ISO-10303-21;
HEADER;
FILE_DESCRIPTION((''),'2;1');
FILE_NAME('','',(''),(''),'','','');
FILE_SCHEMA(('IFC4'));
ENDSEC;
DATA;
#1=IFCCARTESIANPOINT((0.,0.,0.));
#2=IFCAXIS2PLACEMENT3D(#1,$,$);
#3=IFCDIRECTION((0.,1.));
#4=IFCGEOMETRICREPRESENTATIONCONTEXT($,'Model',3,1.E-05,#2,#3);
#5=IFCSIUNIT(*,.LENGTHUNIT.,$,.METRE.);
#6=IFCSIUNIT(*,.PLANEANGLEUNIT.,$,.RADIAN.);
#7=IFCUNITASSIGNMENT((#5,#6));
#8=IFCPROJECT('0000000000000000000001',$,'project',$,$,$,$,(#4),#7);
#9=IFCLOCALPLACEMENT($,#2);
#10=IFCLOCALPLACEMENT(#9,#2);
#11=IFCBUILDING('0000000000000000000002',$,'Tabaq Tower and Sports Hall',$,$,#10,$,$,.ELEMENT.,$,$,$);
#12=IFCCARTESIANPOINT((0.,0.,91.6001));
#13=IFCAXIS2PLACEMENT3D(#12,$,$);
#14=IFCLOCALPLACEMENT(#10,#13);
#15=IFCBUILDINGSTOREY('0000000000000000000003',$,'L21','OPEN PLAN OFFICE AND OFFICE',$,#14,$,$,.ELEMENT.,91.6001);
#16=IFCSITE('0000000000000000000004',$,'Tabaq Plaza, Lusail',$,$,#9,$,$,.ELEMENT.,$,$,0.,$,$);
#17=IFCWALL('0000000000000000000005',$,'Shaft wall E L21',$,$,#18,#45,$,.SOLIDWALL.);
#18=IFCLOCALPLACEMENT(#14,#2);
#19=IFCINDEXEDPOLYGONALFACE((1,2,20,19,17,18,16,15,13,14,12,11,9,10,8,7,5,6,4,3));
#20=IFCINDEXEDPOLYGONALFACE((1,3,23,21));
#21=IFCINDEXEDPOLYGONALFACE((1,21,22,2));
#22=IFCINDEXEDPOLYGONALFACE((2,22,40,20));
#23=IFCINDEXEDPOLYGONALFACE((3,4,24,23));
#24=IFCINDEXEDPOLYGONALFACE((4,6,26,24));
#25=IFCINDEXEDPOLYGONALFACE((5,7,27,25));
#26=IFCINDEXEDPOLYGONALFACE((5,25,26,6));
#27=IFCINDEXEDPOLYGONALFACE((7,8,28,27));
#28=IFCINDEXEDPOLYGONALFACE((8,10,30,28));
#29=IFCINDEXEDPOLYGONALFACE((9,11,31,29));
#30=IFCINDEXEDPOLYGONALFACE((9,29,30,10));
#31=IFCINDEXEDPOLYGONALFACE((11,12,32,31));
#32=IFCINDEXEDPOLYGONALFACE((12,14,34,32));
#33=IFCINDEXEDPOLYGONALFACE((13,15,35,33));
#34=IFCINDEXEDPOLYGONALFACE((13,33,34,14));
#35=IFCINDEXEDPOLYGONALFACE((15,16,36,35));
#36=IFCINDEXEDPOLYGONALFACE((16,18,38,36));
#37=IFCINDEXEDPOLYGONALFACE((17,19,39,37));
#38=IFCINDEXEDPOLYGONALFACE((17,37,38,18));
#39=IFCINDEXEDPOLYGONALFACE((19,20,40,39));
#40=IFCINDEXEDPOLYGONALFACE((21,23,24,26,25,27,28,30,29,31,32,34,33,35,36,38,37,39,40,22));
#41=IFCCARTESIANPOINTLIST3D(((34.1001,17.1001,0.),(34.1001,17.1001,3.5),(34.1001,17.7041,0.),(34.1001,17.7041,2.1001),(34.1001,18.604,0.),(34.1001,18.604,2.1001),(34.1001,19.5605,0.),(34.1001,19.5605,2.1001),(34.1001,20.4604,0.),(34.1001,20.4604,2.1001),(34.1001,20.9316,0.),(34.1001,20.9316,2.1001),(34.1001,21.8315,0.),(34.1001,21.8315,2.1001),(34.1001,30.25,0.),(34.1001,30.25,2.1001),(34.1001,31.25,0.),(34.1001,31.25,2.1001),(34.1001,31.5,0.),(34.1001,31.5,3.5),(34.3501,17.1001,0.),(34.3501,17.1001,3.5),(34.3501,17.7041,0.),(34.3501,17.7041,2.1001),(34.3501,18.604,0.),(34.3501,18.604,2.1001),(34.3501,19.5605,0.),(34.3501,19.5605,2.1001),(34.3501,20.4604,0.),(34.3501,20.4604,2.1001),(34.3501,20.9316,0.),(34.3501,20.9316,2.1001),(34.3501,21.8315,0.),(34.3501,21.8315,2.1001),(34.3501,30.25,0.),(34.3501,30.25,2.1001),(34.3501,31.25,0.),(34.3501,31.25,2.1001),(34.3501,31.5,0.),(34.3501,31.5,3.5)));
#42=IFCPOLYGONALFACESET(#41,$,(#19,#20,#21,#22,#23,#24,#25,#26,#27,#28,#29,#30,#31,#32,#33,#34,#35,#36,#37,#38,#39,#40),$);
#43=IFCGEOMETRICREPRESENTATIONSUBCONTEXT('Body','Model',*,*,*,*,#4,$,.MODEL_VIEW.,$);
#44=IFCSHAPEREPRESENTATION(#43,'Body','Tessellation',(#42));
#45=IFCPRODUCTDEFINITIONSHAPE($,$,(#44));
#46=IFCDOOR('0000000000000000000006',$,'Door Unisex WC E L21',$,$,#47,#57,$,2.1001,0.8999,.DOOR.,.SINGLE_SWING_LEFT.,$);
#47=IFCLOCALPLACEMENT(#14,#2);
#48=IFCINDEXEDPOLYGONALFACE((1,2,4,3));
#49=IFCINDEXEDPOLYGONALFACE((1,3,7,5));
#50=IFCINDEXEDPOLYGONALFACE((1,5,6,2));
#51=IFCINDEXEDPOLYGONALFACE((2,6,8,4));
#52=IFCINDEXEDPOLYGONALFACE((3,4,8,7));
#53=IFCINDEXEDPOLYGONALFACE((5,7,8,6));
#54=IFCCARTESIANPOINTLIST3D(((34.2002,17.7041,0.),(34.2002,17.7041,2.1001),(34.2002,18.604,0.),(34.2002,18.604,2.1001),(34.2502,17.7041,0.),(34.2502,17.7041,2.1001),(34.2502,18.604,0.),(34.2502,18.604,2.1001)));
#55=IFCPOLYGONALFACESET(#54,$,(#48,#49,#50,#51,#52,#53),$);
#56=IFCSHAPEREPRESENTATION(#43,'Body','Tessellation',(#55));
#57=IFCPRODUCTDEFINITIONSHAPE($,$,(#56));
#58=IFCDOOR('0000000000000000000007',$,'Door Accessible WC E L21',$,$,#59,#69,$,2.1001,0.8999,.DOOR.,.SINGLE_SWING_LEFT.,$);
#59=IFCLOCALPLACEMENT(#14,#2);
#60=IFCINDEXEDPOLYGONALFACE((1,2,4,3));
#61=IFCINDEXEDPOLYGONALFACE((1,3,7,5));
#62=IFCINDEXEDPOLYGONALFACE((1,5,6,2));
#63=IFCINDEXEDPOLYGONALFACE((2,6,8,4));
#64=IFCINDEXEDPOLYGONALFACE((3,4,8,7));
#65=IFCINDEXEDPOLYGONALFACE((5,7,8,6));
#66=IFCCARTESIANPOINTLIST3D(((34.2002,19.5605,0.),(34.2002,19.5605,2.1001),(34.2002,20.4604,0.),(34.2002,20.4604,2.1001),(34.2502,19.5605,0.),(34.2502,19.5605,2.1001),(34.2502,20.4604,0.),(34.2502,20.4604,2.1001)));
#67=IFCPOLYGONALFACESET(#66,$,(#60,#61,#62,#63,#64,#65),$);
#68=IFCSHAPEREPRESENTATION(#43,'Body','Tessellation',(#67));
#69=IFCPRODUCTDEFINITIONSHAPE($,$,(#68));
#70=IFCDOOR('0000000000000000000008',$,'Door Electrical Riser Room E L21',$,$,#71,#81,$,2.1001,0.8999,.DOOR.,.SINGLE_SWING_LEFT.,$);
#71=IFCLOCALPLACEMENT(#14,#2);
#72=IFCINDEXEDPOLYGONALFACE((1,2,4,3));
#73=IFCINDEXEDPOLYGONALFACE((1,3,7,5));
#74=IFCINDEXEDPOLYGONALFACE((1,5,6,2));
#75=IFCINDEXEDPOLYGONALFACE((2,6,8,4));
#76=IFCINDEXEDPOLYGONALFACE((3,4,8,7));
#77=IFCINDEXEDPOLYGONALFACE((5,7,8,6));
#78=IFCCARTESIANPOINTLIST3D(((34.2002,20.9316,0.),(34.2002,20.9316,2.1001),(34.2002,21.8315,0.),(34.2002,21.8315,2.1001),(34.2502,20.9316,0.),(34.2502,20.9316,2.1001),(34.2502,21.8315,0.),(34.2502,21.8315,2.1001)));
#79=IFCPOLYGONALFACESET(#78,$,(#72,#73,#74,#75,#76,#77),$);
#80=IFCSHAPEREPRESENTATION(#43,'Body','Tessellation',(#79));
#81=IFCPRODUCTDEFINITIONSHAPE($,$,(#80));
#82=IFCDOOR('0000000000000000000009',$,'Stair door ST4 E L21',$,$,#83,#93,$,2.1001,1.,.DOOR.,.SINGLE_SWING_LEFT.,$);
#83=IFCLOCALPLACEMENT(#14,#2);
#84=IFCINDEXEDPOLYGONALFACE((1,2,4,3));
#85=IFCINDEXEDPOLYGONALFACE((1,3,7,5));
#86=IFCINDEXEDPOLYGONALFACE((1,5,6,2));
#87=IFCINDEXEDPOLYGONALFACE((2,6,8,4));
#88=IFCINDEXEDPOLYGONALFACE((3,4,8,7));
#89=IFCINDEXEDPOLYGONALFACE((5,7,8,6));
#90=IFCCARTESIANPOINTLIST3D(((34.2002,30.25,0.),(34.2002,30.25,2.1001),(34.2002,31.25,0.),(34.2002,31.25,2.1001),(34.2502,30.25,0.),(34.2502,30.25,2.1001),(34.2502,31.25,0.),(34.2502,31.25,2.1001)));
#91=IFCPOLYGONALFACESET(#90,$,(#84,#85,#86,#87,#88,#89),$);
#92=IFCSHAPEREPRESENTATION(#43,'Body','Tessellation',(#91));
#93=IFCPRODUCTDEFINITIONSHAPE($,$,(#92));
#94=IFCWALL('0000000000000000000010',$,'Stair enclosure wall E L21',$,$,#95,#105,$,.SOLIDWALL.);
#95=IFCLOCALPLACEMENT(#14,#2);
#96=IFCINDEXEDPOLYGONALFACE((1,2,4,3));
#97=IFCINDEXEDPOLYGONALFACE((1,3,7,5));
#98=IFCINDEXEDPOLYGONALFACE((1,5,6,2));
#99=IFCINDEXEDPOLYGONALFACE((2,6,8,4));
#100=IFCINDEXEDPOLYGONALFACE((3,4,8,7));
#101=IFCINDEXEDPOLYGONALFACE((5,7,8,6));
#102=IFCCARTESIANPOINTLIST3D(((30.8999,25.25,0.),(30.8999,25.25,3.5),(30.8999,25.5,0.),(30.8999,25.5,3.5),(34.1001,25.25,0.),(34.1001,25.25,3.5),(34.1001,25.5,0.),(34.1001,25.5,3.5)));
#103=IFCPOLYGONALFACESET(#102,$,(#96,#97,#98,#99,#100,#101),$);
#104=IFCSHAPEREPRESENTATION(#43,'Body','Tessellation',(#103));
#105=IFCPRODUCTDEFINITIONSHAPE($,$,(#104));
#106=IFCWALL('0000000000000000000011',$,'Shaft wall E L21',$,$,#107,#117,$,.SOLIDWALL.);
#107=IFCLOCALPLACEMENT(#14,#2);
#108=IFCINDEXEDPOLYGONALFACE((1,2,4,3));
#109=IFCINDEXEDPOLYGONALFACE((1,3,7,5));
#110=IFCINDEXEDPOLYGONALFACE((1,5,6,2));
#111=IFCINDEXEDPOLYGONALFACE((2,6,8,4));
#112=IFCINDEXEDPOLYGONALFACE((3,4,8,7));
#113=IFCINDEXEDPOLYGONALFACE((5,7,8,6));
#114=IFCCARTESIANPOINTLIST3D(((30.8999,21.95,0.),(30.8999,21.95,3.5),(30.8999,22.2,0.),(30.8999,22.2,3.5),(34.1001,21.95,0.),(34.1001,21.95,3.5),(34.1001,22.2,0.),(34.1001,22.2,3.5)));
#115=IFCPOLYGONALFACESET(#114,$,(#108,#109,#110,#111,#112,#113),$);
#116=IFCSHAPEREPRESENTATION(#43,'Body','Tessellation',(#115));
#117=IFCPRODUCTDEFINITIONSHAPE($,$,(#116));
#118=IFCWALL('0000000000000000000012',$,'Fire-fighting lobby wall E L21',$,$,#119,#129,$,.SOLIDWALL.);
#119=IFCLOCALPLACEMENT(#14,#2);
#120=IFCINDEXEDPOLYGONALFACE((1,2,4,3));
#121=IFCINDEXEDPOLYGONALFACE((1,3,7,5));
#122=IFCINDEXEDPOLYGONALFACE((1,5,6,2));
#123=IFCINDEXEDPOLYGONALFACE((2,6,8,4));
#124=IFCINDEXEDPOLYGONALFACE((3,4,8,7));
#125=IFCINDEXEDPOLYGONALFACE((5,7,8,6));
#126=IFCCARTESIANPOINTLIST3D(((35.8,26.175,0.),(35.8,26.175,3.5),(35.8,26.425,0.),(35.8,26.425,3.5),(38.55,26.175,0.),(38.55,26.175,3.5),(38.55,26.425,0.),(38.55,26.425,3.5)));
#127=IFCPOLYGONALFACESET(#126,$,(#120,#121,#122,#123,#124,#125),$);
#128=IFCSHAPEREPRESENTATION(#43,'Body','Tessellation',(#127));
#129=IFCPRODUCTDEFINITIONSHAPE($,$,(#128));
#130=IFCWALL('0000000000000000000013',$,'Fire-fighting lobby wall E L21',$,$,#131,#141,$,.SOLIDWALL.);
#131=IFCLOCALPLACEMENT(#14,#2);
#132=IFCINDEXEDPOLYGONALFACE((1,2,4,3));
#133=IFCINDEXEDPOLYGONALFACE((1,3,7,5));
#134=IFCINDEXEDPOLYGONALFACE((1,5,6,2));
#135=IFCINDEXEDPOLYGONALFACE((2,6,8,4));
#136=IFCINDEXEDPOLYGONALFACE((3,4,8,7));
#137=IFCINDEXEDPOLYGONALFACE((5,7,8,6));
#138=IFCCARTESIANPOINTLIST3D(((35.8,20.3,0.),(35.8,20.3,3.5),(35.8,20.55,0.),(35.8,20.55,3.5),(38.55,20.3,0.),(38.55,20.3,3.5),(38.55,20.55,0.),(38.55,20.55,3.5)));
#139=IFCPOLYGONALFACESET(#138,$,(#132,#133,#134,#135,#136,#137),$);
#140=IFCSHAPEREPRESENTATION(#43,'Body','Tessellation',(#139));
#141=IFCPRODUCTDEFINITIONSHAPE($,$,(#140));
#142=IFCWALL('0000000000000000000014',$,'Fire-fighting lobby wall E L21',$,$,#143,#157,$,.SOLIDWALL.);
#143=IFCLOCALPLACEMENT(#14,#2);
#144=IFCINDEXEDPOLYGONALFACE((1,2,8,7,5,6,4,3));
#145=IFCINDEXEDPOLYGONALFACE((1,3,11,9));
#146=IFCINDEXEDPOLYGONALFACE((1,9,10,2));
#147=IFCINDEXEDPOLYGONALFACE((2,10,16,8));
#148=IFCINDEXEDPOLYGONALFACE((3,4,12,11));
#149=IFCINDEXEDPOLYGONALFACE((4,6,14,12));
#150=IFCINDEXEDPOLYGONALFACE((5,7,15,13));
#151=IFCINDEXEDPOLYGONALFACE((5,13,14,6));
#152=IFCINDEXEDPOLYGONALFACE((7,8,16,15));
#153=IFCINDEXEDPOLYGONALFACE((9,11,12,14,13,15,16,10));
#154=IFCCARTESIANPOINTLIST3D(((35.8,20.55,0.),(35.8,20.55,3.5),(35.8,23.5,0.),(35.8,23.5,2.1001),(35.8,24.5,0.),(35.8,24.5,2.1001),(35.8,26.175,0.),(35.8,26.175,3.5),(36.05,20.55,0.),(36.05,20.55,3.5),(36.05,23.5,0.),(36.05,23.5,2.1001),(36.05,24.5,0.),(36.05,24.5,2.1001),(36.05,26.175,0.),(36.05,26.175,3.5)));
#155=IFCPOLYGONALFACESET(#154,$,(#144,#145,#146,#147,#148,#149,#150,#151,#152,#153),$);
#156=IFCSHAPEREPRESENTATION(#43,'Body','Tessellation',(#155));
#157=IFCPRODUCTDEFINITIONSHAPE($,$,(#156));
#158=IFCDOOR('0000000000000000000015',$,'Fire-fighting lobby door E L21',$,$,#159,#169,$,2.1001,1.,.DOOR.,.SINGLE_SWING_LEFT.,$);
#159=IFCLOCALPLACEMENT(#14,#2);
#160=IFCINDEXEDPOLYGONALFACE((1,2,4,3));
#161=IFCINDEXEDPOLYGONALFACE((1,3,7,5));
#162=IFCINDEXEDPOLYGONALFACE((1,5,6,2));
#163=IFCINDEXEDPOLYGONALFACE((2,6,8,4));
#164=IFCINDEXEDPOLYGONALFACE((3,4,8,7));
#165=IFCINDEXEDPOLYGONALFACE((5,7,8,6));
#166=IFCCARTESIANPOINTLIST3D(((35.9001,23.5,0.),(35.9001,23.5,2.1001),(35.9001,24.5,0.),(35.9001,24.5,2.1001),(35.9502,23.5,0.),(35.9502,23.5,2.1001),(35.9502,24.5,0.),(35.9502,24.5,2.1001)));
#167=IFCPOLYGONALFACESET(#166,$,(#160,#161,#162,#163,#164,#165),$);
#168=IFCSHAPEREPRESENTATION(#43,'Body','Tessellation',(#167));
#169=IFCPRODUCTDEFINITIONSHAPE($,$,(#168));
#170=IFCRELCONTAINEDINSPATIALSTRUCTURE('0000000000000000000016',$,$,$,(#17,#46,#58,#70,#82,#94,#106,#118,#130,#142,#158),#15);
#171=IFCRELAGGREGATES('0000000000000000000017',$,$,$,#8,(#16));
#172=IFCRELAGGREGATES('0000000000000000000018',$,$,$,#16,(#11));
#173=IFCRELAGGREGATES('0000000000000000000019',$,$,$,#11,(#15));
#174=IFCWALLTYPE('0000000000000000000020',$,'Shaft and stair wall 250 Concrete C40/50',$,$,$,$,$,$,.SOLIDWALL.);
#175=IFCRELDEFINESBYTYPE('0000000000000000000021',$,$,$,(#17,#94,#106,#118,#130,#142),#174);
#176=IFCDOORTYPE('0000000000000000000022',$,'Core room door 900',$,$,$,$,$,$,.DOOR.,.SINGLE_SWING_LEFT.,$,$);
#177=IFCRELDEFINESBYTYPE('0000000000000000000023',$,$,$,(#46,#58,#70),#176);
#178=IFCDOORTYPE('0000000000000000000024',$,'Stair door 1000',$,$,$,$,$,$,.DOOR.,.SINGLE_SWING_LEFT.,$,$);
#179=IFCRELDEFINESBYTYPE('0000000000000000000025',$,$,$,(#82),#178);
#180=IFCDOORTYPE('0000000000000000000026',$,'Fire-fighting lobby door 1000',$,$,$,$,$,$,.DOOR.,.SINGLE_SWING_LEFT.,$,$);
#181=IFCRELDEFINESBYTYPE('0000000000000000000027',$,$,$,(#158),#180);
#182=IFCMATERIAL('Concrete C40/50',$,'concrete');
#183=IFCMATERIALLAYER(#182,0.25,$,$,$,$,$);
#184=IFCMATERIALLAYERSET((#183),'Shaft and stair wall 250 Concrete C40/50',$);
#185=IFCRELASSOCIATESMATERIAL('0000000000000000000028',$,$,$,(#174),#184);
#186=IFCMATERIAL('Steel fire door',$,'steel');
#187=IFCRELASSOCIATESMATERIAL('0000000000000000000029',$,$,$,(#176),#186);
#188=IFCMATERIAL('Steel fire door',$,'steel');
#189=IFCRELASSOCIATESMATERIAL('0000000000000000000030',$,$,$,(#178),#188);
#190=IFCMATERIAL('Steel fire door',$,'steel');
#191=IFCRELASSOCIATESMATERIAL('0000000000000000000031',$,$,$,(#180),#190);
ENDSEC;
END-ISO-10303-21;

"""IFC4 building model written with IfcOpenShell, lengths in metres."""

from ifc_helpers import new_model, si_unit, direction, frame, frame_2d, origin, place, context, subcontext, project, spatial, rectangle, extrude, material, layer, layer_set, type_object, element, fill, save


model = new_model("IFC4")

# Units and contexts
model_context = context("Model", 3, precision=1e-05, world=origin(), true_north=direction((0.0, 1.0)))
body_context = subcontext(model_context, "Body", "Model", "MODEL_VIEW")
ifc_project = project(units=[si_unit("LENGTHUNIT", "METRE"), si_unit("PLANEANGLEUNIT", "RADIAN")], contexts=[model_context])

# Site, building, storey
site_placement = place(None, origin())
site = spatial("IfcSite", under=ifc_project, at=site_placement, Name="Tabaq Plaza, Lusail", CompositionType="ELEMENT", RefElevation=0.0)
building_placement = place(site_placement, origin())
building = spatial("IfcBuilding", under=site, at=building_placement, Name="Tabaq Tower and Sports Hall", CompositionType="ELEMENT")
storey_placement = place(building_placement, frame((0.0, 0.0, 91.6001)))
storey = spatial("IfcBuildingStorey", under=building, at=storey_placement, Name="L21", Description="OPEN PLAN OFFICE AND OFFICE", CompositionType="ELEMENT", Elevation=91.6001)

# Wall, openings, doors
ifc_material_1 = material(Name="Concrete C40/50", Category="concrete")
ifc_layer_1 = layer(ifc_material_1, 0.25)
ifc_layer_set_1 = layer_set([ifc_layer_1], Name="Shaft and stair wall 250 Concrete C40/50")
wall_type_1 = type_object("IfcWallType", Name="Shaft and stair wall 250 Concrete C40/50", PredefinedType="SOLIDWALL", material=ifc_layer_set_1)
wall_1_placement = place(storey_placement, frame((34.2251, 17.1001, 0.0), z_axis=(0.0, 0.0, 1.0), x_axis=(0.0, 1.0, 0.0)))
wall_1 = element("IfcWall", 1, at=wall_1_placement, inside=storey, type_object=wall_type_1, Name="Shaft wall E L21", PredefinedType="SOLIDWALL", context=body_context, shape_type="SweptSolid", body=[
    extrude(rectangle(XDim=14.3999, YDim=0.25, at=frame_2d((7.2, 0.0))), origin(), (0.0, 0.0, 1.0), 3.5),
])
opening_1_placement = place(wall_1_placement, frame((13.1499, 0.0, 0.0)))
opening_1 = element("IfcOpeningElement", 2, at=opening_1_placement, cuts=wall_1, PredefinedType="OPENING", context=body_context, shape_type="SweptSolid", body=[
    extrude(rectangle(XDim=1.0, YDim=2.1001, at=frame_2d((0.5, 1.05))), frame((0.0, 0.125, 0.0), z_axis=(0.0, -1.0, 0.0), x_axis=(1.0, 0.0, 0.0)), (0.0, 0.0, 1.0), 0.25),
])
opening_2_placement = place(wall_1_placement, frame((0.604, 0.0, 0.0)))
opening_2 = element("IfcOpeningElement", 3, at=opening_2_placement, cuts=wall_1, PredefinedType="OPENING", context=body_context, shape_type="SweptSolid", body=[
    extrude(rectangle(XDim=0.8999, YDim=2.1001, at=frame_2d((0.45, 1.05))), frame((0.0, 0.125, 0.0), z_axis=(0.0, -1.0, 0.0), x_axis=(1.0, 0.0, 0.0)), (0.0, 0.0, 1.0), 0.25),
])
opening_3_placement = place(wall_1_placement, frame((2.4604, 0.0, 0.0)))
opening_3 = element("IfcOpeningElement", 4, at=opening_3_placement, cuts=wall_1, PredefinedType="OPENING", context=body_context, shape_type="SweptSolid", body=[
    extrude(rectangle(XDim=0.8999, YDim=2.1001, at=frame_2d((0.45, 1.05))), frame((0.0, 0.125, 0.0), z_axis=(0.0, -1.0, 0.0), x_axis=(1.0, 0.0, 0.0)), (0.0, 0.0, 1.0), 0.25),
])
opening_4_placement = place(wall_1_placement, frame((3.8315, 0.0, 0.0)))
opening_4 = element("IfcOpeningElement", 5, at=opening_4_placement, cuts=wall_1, PredefinedType="OPENING", context=body_context, shape_type="SweptSolid", body=[
    extrude(rectangle(XDim=0.8999, YDim=2.1001, at=frame_2d((0.45, 1.05))), frame((0.0, 0.125, 0.0), z_axis=(0.0, -1.0, 0.0), x_axis=(1.0, 0.0, 0.0)), (0.0, 0.0, 1.0), 0.25),
])
ifc_material_2 = material(Name="Steel fire door", Category="steel")
door_type_1 = type_object("IfcDoorType", Name="Core room door 900", OperationType="SINGLE_SWING_LEFT", PredefinedType="DOOR", material=ifc_material_2)
door_1_placement = place(opening_2_placement, origin())
door_1 = element("IfcDoor", 6, at=door_1_placement, inside=storey, type_object=door_type_1, Name="Door Unisex WC E L21", OperationType="SINGLE_SWING_LEFT", OverallHeight=2.1001, OverallWidth=0.8999, PredefinedType="DOOR", context=body_context, shape_type="SweptSolid", body=[
    extrude(rectangle(XDim=0.8999, YDim=2.1001, at=frame_2d((0.45, 1.05))), frame((0.0, 0.0249, 0.0), z_axis=(0.0, -1.0, 0.0), x_axis=(1.0, 0.0, 0.0)), (0.0, 0.0, 1.0), 0.05),
])
fill(opening_2, door_1)
door_2_placement = place(opening_3_placement, origin())
door_2 = element("IfcDoor", 7, at=door_2_placement, inside=storey, type_object=door_type_1, Name="Door Accessible WC E L21", OperationType="SINGLE_SWING_LEFT", OverallHeight=2.1001, OverallWidth=0.8999, PredefinedType="DOOR", context=body_context, shape_type="SweptSolid", body=[
    extrude(rectangle(XDim=0.8999, YDim=2.1001, at=frame_2d((0.45, 1.05))), frame((0.0, 0.0249, 0.0), z_axis=(0.0, -1.0, 0.0), x_axis=(1.0, 0.0, 0.0)), (0.0, 0.0, 1.0), 0.05),
])
fill(opening_3, door_2)
door_3_placement = place(opening_4_placement, origin())
door_3 = element("IfcDoor", 8, at=door_3_placement, inside=storey, type_object=door_type_1, Name="Door Electrical Riser Room E L21", OperationType="SINGLE_SWING_LEFT", OverallHeight=2.1001, OverallWidth=0.8999, PredefinedType="DOOR", context=body_context, shape_type="SweptSolid", body=[
    extrude(rectangle(XDim=0.8999, YDim=2.1001, at=frame_2d((0.45, 1.05))), frame((0.0, 0.0249, 0.0), z_axis=(0.0, -1.0, 0.0), x_axis=(1.0, 0.0, 0.0)), (0.0, 0.0, 1.0), 0.05),
])
fill(opening_4, door_3)
ifc_material_3 = material(Name="Steel fire door", Category="steel")
door_type_2 = type_object("IfcDoorType", Name="Stair door 1000", OperationType="SINGLE_SWING_LEFT", PredefinedType="DOOR", material=ifc_material_3)
door_4_placement = place(opening_1_placement, origin())
door_4 = element("IfcDoor", 9, at=door_4_placement, inside=storey, type_object=door_type_2, Name="Stair door ST4 E L21", OperationType="SINGLE_SWING_LEFT", OverallHeight=2.1001, OverallWidth=1.0, PredefinedType="DOOR", context=body_context, shape_type="SweptSolid", body=[
    extrude(rectangle(XDim=1.0, YDim=2.1001, at=frame_2d((0.5, 1.05))), frame((0.0, 0.0249, 0.0), z_axis=(0.0, -1.0, 0.0), x_axis=(1.0, 0.0, 0.0)), (0.0, 0.0, 1.0), 0.05),
])
fill(opening_1, door_4)

# Walls
for number, where, z_axis, x_axis, name in (
    (10, (30.8999, 25.375, 0.0), (0.0, 0.0, 1.0), (1.0, 0.0, 0.0), "Stair enclosure wall E L21"),
    (11, (30.8999, 22.075, 0.0), (0.0, 0.0, 1.0), (1.0, 0.0, 0.0), "Shaft wall E L21"),
):
    element("IfcWall", number, at=place(storey_placement, frame(where, z_axis=z_axis, x_axis=x_axis)), inside=storey, type_object=wall_type_1, Name=name, PredefinedType="SOLIDWALL", context=body_context, shape_type="SweptSolid", body=[
        extrude(rectangle(XDim=3.2002, YDim=0.25, at=frame_2d((1.6001, 0.0))), origin(), (0.0, 0.0, 1.0), 3.5),
    ])
for number, where, z_axis, x_axis, name in (
    (12, (35.8, 26.3, 0.0), (0.0, 0.0, 1.0), (1.0, 0.0, 0.0), "Fire-fighting lobby wall E L21"),
    (13, (35.8, 20.425, 0.0), (0.0, 0.0, 1.0), (1.0, 0.0, 0.0), "Fire-fighting lobby wall E L21"),
):
    element("IfcWall", number, at=place(storey_placement, frame(where, z_axis=z_axis, x_axis=x_axis)), inside=storey, type_object=wall_type_1, Name=name, PredefinedType="SOLIDWALL", context=body_context, shape_type="SweptSolid", body=[
        extrude(rectangle(XDim=2.75, YDim=0.25, at=frame_2d((1.375, 0.0))), origin(), (0.0, 0.0, 1.0), 3.5),
    ])

# Wall, opening, door
wall_2_placement = place(storey_placement, frame((35.925, 20.55, 0.0), z_axis=(0.0, 0.0, 1.0), x_axis=(0.0, 1.0, 0.0)))
wall_2 = element("IfcWall", 14, at=wall_2_placement, inside=storey, type_object=wall_type_1, Name="Fire-fighting lobby wall E L21", PredefinedType="SOLIDWALL", context=body_context, shape_type="SweptSolid", body=[
    extrude(rectangle(XDim=5.625, YDim=0.25, at=frame_2d((2.8125, 0.0))), origin(), (0.0, 0.0, 1.0), 3.5),
])
opening_5_placement = place(wall_2_placement, frame((2.95, 0.0, 0.0)))
opening_5 = element("IfcOpeningElement", 15, at=opening_5_placement, cuts=wall_2, PredefinedType="OPENING", context=body_context, shape_type="SweptSolid", body=[
    extrude(rectangle(XDim=1.0, YDim=2.1001, at=frame_2d((0.5, 1.05))), frame((0.0, 0.125, 0.0), z_axis=(0.0, -1.0, 0.0), x_axis=(1.0, 0.0, 0.0)), (0.0, 0.0, 1.0), 0.25),
])
ifc_material_4 = material(Name="Steel fire door", Category="steel")
door_type_3 = type_object("IfcDoorType", Name="Fire-fighting lobby door 1000", OperationType="SINGLE_SWING_LEFT", PredefinedType="DOOR", material=ifc_material_4)
door_5_placement = place(opening_5_placement, origin())
door_5 = element("IfcDoor", 16, at=door_5_placement, inside=storey, type_object=door_type_3, Name="Fire-fighting lobby door E L21", OperationType="SINGLE_SWING_LEFT", OverallHeight=2.1001, OverallWidth=1.0, PredefinedType="DOOR", context=body_context, shape_type="SweptSolid", body=[
    extrude(rectangle(XDim=1.0, YDim=2.1001, at=frame_2d((0.5, 1.05))), frame((0.0, 0.0249, 0.0), z_axis=(0.0, -1.0, 0.0), x_axis=(1.0, 0.0, 0.0)), (0.0, 0.0, 1.0), 0.05),
])
fill(opening_5, door_5)

save(model, "model.ifc")
